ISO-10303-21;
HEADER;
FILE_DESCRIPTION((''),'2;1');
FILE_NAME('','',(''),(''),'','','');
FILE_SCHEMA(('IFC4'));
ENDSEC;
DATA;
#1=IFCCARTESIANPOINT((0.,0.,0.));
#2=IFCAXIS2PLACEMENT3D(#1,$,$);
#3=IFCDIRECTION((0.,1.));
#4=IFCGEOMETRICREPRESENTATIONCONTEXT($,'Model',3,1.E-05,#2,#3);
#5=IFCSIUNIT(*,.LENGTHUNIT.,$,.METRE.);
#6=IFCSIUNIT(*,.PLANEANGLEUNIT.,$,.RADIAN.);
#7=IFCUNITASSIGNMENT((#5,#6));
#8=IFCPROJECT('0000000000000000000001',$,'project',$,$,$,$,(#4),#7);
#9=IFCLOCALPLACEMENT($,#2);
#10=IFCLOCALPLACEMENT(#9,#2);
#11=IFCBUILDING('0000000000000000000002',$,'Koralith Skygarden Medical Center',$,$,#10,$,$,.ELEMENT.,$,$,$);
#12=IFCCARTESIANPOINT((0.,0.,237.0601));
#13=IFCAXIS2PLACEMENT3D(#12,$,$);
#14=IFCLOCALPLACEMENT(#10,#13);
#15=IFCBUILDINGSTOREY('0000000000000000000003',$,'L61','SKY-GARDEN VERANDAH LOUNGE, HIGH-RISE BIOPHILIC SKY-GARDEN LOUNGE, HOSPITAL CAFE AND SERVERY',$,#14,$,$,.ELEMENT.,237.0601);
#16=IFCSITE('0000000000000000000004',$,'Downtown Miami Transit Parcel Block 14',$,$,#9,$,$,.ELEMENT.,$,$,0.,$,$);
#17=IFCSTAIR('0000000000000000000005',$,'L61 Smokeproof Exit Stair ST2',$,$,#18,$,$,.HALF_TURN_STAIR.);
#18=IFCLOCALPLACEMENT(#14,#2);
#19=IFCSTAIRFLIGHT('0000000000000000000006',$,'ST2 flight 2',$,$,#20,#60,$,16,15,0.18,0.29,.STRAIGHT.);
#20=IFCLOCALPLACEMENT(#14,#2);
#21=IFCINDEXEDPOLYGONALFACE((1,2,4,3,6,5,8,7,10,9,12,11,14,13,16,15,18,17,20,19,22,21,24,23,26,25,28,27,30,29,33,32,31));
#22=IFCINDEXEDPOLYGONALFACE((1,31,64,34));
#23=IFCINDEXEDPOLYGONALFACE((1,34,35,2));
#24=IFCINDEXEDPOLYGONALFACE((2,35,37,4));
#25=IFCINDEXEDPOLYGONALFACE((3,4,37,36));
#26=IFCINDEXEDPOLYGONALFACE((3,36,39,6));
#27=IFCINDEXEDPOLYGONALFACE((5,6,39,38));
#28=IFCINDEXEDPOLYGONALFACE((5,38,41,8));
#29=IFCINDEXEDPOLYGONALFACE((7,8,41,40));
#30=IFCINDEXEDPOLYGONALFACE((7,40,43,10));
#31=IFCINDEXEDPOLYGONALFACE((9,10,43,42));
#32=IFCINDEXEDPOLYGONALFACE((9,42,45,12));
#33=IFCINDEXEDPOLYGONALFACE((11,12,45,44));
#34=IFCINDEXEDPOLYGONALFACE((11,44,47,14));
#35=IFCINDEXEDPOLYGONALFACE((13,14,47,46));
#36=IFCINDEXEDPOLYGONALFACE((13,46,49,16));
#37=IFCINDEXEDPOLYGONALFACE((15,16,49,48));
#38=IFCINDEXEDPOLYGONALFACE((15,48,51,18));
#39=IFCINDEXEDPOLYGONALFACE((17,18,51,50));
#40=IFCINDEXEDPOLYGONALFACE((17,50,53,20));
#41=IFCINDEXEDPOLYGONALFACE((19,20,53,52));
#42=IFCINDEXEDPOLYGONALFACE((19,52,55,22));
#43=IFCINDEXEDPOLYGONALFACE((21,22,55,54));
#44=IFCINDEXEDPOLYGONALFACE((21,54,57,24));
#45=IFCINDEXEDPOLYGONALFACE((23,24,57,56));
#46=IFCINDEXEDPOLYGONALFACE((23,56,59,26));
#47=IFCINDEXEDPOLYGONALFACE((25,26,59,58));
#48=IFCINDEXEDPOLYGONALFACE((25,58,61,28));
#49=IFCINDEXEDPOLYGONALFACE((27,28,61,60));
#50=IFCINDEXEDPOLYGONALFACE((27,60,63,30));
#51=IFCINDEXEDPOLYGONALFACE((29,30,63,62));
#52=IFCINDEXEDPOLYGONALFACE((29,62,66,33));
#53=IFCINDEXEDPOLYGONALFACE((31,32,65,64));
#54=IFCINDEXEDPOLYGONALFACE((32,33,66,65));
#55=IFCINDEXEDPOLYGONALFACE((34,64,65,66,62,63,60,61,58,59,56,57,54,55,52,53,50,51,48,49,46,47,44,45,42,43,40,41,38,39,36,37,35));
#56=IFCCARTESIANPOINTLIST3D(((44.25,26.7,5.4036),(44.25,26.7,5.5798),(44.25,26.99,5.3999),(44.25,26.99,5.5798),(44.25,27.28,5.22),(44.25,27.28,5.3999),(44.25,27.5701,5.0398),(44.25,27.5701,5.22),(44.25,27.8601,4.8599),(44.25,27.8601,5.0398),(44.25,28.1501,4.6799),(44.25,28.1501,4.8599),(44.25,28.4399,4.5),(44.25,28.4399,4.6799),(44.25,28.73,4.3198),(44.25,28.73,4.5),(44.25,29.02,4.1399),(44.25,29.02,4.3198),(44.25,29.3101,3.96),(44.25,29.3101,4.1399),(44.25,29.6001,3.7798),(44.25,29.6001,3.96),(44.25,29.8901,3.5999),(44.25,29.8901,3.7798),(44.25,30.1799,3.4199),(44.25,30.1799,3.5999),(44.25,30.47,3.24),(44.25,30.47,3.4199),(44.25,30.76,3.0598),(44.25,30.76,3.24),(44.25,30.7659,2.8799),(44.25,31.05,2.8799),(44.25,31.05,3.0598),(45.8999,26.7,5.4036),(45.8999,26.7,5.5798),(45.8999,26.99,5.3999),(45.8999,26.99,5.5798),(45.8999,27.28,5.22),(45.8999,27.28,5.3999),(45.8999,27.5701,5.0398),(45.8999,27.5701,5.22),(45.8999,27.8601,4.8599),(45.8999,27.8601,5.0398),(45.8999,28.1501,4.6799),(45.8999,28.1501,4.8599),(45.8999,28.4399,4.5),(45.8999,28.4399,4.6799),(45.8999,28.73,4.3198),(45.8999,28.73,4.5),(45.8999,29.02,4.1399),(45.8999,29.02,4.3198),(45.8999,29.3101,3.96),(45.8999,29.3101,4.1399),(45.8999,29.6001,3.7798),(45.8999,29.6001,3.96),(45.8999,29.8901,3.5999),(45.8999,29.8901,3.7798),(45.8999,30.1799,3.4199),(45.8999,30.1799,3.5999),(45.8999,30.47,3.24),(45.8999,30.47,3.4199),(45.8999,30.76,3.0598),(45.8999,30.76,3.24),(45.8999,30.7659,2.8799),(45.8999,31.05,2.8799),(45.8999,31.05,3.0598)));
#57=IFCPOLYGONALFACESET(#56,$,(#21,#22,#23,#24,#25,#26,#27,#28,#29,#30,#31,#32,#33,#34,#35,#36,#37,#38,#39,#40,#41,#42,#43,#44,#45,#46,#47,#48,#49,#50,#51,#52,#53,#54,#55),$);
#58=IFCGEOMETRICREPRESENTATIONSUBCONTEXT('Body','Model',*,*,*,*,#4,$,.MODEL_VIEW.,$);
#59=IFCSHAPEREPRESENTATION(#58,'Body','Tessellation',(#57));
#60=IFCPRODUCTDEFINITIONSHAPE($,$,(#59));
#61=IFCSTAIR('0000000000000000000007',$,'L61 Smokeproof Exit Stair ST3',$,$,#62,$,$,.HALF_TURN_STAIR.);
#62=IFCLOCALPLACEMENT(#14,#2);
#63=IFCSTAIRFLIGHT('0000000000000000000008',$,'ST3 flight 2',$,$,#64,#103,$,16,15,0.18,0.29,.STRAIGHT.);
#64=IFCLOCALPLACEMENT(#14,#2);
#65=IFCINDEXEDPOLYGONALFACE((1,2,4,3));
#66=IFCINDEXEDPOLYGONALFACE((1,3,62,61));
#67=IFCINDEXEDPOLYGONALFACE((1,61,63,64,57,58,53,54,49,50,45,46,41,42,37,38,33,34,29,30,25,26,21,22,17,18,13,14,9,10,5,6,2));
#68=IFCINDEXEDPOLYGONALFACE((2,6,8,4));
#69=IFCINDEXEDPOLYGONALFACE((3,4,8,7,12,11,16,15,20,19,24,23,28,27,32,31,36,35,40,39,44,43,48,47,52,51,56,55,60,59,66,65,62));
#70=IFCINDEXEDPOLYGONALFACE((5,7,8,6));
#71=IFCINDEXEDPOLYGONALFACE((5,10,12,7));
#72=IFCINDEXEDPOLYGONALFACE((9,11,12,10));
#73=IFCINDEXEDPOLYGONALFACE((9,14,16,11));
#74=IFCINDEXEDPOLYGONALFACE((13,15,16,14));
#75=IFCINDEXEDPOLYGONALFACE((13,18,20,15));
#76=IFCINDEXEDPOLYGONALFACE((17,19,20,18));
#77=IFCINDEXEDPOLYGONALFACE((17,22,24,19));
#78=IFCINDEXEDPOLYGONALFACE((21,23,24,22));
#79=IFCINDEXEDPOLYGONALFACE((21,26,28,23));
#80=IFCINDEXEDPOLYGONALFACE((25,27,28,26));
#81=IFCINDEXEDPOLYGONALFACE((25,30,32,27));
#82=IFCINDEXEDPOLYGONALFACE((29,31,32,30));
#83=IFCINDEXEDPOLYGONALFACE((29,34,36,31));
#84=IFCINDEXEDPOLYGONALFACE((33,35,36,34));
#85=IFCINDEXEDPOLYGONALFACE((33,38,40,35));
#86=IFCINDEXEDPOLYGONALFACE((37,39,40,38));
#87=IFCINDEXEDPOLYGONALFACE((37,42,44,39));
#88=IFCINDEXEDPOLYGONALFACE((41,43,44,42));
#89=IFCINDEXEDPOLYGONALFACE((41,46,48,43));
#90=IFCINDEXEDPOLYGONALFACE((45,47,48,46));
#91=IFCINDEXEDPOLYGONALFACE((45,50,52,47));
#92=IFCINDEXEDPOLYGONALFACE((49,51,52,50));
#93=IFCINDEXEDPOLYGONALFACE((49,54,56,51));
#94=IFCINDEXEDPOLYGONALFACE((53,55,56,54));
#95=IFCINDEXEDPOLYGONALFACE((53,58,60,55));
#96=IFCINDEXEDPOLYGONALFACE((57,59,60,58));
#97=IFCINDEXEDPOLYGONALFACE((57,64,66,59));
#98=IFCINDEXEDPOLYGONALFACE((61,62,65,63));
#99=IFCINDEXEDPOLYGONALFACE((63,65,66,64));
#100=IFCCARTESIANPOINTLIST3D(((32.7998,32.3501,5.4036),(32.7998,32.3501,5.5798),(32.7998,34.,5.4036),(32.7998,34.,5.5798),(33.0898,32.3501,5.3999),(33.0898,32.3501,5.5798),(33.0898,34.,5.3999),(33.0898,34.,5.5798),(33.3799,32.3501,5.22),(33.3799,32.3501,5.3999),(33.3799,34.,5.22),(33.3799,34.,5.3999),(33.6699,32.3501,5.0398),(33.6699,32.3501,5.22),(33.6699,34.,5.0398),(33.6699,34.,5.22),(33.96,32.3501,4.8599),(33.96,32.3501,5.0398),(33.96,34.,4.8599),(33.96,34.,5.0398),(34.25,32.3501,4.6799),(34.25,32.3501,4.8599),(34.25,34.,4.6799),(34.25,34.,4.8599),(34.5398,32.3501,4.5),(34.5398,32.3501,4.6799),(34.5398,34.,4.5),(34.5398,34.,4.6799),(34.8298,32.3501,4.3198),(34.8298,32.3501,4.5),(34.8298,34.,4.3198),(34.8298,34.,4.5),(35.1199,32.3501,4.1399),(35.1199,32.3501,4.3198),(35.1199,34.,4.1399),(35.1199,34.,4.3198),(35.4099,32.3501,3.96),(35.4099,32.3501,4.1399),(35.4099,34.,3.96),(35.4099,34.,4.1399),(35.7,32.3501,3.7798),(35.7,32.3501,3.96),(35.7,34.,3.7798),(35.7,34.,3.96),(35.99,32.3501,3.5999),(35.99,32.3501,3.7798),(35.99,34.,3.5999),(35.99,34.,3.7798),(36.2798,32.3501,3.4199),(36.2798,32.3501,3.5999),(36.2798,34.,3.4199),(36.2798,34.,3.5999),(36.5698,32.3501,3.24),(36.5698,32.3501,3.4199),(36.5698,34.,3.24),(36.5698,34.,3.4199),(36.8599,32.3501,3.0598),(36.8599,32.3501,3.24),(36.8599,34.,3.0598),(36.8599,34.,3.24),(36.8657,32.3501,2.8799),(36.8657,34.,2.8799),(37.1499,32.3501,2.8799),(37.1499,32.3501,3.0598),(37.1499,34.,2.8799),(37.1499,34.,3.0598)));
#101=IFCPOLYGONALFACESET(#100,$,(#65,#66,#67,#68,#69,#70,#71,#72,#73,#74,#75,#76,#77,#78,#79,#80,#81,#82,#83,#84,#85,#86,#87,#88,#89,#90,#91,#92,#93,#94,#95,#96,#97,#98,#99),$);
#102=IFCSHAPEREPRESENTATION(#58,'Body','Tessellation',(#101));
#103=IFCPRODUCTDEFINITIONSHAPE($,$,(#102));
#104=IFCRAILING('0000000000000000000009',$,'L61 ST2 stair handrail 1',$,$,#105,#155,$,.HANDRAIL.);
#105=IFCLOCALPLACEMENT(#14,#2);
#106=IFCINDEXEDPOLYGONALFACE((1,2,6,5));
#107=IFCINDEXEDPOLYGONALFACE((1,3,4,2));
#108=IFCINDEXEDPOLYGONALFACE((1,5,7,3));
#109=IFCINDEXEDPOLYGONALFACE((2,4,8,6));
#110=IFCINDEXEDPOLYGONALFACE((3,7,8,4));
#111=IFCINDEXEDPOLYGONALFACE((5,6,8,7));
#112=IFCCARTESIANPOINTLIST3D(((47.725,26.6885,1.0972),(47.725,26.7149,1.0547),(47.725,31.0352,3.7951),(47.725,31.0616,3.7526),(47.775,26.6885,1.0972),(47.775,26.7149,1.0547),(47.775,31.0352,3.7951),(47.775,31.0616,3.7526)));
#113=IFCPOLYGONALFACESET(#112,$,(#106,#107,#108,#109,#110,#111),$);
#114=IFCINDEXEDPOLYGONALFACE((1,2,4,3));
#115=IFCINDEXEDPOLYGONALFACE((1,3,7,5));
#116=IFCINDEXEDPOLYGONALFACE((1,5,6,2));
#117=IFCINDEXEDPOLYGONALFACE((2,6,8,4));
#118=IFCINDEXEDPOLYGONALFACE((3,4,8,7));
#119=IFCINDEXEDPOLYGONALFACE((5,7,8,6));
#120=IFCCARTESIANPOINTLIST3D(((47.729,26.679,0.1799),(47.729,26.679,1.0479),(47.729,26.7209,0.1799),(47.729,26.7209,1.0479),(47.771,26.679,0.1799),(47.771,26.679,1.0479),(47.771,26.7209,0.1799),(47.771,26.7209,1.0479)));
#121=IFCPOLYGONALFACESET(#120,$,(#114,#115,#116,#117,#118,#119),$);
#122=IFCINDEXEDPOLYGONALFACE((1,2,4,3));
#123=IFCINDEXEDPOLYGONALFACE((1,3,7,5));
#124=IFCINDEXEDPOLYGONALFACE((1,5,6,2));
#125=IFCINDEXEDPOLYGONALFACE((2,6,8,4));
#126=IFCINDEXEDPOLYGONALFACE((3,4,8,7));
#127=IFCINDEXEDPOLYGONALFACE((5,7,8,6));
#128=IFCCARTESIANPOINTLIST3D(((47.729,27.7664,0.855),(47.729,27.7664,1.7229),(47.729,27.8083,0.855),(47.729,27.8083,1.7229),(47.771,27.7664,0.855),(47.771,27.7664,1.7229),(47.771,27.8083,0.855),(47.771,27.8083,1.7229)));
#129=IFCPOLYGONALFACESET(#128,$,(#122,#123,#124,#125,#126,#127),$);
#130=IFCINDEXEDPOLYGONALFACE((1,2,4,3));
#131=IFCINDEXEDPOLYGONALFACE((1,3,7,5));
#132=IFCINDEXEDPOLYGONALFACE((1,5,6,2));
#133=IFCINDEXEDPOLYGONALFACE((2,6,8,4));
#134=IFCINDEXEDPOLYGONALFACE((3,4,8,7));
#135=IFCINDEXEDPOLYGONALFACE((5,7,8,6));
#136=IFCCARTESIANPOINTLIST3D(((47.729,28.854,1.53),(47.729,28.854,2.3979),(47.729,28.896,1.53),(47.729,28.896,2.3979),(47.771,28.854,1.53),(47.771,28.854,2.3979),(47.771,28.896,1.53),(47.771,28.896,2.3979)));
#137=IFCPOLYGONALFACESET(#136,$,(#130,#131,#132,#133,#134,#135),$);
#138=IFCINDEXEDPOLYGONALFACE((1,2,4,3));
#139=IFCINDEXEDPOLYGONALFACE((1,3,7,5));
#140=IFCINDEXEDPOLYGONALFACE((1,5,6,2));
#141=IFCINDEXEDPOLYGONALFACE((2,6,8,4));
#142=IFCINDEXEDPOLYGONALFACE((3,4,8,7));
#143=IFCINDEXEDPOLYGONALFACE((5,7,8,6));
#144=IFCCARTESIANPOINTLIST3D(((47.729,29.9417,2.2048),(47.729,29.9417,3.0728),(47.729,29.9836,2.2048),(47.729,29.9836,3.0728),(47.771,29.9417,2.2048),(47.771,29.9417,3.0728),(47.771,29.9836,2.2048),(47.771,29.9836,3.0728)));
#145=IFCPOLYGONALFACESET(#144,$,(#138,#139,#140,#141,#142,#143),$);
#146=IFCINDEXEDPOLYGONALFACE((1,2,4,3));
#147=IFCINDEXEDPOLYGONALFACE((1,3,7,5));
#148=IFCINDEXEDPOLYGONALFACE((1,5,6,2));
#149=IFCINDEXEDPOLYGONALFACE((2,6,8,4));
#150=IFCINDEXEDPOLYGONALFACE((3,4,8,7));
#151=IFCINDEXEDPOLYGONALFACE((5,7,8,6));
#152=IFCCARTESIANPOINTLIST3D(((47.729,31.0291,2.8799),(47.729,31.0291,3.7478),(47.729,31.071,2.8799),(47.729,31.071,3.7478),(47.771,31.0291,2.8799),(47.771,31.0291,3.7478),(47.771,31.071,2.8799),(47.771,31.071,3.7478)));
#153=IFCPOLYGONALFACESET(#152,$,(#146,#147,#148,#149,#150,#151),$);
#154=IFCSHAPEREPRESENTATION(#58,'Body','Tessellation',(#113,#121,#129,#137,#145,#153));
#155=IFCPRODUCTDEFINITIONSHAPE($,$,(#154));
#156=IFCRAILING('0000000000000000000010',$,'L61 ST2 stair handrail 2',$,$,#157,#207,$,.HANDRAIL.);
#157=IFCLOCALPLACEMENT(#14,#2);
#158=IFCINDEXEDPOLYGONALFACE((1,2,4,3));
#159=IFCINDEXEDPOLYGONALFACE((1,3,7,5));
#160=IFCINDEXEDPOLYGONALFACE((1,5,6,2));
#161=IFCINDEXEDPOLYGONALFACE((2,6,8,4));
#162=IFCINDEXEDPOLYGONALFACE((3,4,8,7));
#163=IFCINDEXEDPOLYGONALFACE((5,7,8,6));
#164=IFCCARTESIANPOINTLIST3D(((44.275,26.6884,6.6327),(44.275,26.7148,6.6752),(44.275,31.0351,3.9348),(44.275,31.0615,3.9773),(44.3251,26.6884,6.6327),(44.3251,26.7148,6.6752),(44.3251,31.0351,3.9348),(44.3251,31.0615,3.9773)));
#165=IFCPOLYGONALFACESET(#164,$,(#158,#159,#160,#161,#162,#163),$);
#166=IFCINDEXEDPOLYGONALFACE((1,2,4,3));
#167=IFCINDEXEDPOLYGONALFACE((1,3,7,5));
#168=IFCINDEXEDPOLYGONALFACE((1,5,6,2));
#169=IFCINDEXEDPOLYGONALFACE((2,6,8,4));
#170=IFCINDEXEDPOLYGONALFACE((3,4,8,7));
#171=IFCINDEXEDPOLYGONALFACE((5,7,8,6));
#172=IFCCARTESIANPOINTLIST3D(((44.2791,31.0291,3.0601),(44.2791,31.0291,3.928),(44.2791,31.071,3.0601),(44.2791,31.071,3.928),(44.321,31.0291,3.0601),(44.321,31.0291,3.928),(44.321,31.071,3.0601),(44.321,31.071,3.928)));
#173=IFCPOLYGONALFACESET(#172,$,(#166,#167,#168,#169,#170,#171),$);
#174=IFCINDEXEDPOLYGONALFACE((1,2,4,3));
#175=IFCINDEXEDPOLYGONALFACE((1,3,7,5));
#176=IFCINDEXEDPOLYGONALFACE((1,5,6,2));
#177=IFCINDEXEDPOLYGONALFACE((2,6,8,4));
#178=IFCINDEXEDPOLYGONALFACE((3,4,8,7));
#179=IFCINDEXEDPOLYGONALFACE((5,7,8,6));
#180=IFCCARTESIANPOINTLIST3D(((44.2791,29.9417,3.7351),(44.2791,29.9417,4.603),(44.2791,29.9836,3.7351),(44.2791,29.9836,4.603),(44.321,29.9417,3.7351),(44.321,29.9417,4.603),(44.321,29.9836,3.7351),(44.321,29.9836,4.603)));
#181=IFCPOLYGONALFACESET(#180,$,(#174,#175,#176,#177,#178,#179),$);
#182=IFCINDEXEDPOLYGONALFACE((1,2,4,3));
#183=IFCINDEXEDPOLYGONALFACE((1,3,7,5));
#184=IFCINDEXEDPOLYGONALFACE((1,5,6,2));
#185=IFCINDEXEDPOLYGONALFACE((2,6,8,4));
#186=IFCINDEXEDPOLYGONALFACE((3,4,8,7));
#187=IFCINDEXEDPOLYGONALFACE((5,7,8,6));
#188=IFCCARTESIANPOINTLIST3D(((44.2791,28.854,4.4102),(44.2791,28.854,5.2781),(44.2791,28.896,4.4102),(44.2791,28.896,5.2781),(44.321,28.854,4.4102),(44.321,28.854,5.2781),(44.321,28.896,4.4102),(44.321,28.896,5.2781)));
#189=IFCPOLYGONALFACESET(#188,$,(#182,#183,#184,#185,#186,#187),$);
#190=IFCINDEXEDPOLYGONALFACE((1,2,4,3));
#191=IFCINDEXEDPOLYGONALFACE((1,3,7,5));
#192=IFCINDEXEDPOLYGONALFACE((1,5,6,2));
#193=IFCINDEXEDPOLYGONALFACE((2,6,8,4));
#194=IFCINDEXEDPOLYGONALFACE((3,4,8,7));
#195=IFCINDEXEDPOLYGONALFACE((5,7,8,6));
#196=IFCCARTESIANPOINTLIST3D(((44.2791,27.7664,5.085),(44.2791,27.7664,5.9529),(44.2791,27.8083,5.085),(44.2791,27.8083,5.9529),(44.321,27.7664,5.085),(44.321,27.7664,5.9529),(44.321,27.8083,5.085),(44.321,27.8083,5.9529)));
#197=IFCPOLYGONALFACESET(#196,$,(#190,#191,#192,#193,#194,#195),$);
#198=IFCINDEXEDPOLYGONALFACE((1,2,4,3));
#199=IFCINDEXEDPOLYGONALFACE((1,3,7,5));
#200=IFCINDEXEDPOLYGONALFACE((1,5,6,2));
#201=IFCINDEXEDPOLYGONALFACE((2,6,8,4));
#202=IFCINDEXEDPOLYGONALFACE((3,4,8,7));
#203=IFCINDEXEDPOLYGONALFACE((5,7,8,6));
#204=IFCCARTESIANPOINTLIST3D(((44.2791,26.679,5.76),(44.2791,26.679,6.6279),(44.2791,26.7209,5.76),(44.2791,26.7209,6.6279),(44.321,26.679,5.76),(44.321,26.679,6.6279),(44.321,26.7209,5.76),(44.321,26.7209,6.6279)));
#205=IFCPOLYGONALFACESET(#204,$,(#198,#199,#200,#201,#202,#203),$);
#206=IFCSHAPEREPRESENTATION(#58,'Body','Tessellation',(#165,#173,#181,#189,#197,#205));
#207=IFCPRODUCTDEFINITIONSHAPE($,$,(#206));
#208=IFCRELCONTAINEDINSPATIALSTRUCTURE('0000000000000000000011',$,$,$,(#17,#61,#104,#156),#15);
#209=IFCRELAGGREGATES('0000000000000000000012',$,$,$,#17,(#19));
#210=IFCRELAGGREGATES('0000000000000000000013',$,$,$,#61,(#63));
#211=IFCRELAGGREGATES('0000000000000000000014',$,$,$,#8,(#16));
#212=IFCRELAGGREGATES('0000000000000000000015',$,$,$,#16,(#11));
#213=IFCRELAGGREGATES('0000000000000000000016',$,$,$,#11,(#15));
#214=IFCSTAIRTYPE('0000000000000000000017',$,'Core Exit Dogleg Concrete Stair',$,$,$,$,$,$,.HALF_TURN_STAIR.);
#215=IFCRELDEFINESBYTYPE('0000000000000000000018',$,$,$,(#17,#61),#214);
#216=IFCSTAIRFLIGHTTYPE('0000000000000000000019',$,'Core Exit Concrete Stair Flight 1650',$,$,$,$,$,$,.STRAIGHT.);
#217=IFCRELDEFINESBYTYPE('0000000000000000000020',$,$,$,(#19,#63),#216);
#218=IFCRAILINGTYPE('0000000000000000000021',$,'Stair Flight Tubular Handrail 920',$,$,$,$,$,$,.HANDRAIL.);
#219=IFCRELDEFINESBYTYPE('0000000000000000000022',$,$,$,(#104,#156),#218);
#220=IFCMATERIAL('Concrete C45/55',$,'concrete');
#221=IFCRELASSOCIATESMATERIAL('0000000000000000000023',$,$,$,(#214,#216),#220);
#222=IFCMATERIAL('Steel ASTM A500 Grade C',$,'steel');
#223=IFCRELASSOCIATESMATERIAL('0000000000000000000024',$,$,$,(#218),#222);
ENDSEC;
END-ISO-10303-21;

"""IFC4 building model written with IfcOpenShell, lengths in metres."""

from ifc_helpers import new_model, si_unit, direction, frame, origin, origin_2d, place, context, subcontext, project, spatial, polyline, rectangle, outline, extrude, material, type_object, element, aggregate, save


model = new_model("IFC4")

# Units and contexts
model_context = context("Model", 3, precision=1e-05, world=origin(), true_north=direction((0.0, 1.0)))
body_context = subcontext(model_context, "Body", "Model", "MODEL_VIEW")
ifc_project = project(units=[si_unit("LENGTHUNIT", "METRE"), si_unit("PLANEANGLEUNIT", "RADIAN")], contexts=[model_context])

# Site, building, storey
site_placement = place(None, origin())
site = spatial("IfcSite", under=ifc_project, at=site_placement, Name="Downtown Miami Transit Parcel Block 14", CompositionType="ELEMENT", RefElevation=0.0)
building_placement = place(site_placement, origin())
building = spatial("IfcBuilding", under=site, at=building_placement, Name="Koralith Skygarden Medical Center", CompositionType="ELEMENT")
storey_placement = place(building_placement, frame((0.0, 0.0, 237.0601)))
storey = spatial("IfcBuildingStorey", under=building, at=storey_placement, Name="L61", Description="SKY-GARDEN VERANDAH LOUNGE, HIGH-RISE BIOPHILIC SKY-GARDEN LOUNGE, HOSPITAL CAFE AND SERVERY", CompositionType="ELEMENT", Elevation=237.0601)

# Shared definitions
ifc_material_1 = material(Name="Concrete C45/55", Category="concrete")

# Shared definitions
ifc_material_2 = material(Name="Steel ASTM A500 Grade C", Category="steel")

# Stair, stair flight
stair_type = type_object("IfcStairType", Name="Core Exit Dogleg Concrete Stair", PredefinedType="HALF_TURN_STAIR", material=ifc_material_1)
stair_1_placement = place(storey_placement, origin())
stair_1 = element("IfcStair", 1, at=stair_1_placement, inside=storey, type_object=stair_type, Name="L61 Smokeproof Exit Stair ST2", PredefinedType="HALF_TURN_STAIR")
stair_flight_type = type_object("IfcStairFlightType", Name="Core Exit Concrete Stair Flight 1650", PredefinedType="STRAIGHT", material=ifc_material_1)
stair_flight_1_placement = place(storey_placement, frame((45.075, 31.05, 2.8799), z_axis=(0.0, 0.0, 1.0), x_axis=(0.0, -1.0, 0.0)))
stair_flight_1 = element("IfcStairFlight", 2, at=stair_flight_1_placement, type_object=stair_flight_type, Name="ST2 flight 2", NumberOfRisers=16, NumberOfTreads=15, PredefinedType="STRAIGHT", RiserHeight=0.18, TreadLength=0.29, context=body_context, shape_type="SweptSolid", body=[
    extrude(outline(polyline([(0.0, 0.0), (0.0, 0.1799), (0.29, 0.1799), (0.29, 0.3601), (0.5801, 0.3601), (0.5801, 0.54), (0.8701, 0.54), (0.8701, 0.72), (1.1599, 0.72), (1.1599, 0.8999), (1.45, 0.8999), (1.45, 1.0801), (1.74, 1.0801), (1.74, 1.26), (2.03, 1.26), (2.03, 1.4399), (2.3201, 1.4399), (2.3201, 1.6201), (2.6101, 1.6201), (2.6101, 1.8), (2.8999, 1.8), (2.8999, 1.98), (3.1899, 1.98), (3.1899, 2.1599), (3.48, 2.1599), (3.48, 2.3401), (3.77, 2.3401), (3.77, 2.52), (4.0601, 2.52), (4.0601, 2.7), (4.3501, 2.7), (4.3501, 2.8799), (4.3501, 2.5237), (0.2842, 0.0), (0.0, 0.0)])), frame((0.0, 0.825, 0.0), z_axis=(0.0, -1.0, 0.0), x_axis=(1.0, 0.0, 0.0)), (0.0, 0.0, 1.0), 1.6499),
])
aggregate(stair_1, [stair_flight_1])

# Stair, stair flight
stair_2_placement = place(storey_placement, origin())
stair_2 = element("IfcStair", 3, at=stair_2_placement, inside=storey, type_object=stair_type, Name="L61 Smokeproof Exit Stair ST3", PredefinedType="HALF_TURN_STAIR")
stair_flight_2_placement = place(storey_placement, frame((37.1499, 33.175, 2.8799), z_axis=(0.0, 0.0, 1.0), x_axis=(-1.0, 0.0, 0.0)))
stair_flight_2 = element("IfcStairFlight", 4, at=stair_flight_2_placement, type_object=stair_flight_type, Name="ST3 flight 2", NumberOfRisers=16, NumberOfTreads=15, PredefinedType="STRAIGHT", RiserHeight=0.18, TreadLength=0.29, context=body_context, shape_type="SweptSolid", body=[
    extrude(outline(polyline([(0.0, 0.0), (0.0, 0.1799), (0.29, 0.1799), (0.29, 0.3601), (0.5801, 0.3601), (0.5801, 0.54), (0.8701, 0.54), (0.8701, 0.72), (1.1599, 0.72), (1.1599, 0.8999), (1.45, 0.8999), (1.45, 1.0801), (1.74, 1.0801), (1.74, 1.26), (2.03, 1.26), (2.03, 1.4399), (2.3201, 1.4399), (2.3201, 1.6201), (2.6101, 1.6201), (2.6101, 1.8), (2.8999, 1.8), (2.8999, 1.98), (3.1899, 1.98), (3.1899, 2.1599), (3.48, 2.1599), (3.48, 2.3401), (3.77, 2.3401), (3.77, 2.52), (4.0601, 2.52), (4.0601, 2.7), (4.3501, 2.7), (4.3501, 2.8799), (4.3501, 2.5237), (0.2842, 0.0), (0.0, 0.0)])), frame((0.0, 0.825, 0.0), z_axis=(0.0, -1.0, 0.0), x_axis=(1.0, 0.0, 0.0)), (0.0, 0.0, 1.0), 1.6499),
])
aggregate(stair_2, [stair_flight_2])

# Railings
railing_type_1 = type_object("IfcRailingType", Name="Stair Flight Tubular Handrail 920", PredefinedType="HANDRAIL", material=ifc_material_2)
railing_1_placement = place(storey_placement, frame((47.75, 26.7, 0.1799)))
element("IfcRailing", 5, at=railing_1_placement, inside=storey, type_object=railing_type_1, Name="L61 ST2 stair handrail 1", PredefinedType="HANDRAIL", context=body_context, shape_type="SweptSolid", body=[
    extrude(rectangle(XDim=0.05, YDim=0.05, at=origin_2d()), frame((0.0, 0.0017, 0.896), z_axis=(0.0, 0.84965, 0.527347), x_axis=(-1.0, 0.0, 0.0)), (0.0, 0.0, 1.0), 5.116),
    extrude(rectangle(XDim=0.042, YDim=0.042, at=origin_2d()), origin(), (0.0, 0.0, 1.0), 0.8679),
    extrude(rectangle(XDim=0.042, YDim=0.042, at=origin_2d()), frame((0.0, 1.0874, 0.675)), (0.0, 0.0, 1.0), 0.8679),
    extrude(rectangle(XDim=0.042, YDim=0.042, at=origin_2d()), frame((0.0, 2.175, 1.3501)), (0.0, 0.0, 1.0), 0.8679),
    extrude(rectangle(XDim=0.042, YDim=0.042, at=origin_2d()), frame((0.0, 3.2627, 2.0249)), (0.0, 0.0, 1.0), 0.8679),
    extrude(rectangle(XDim=0.042, YDim=0.042, at=origin_2d()), frame((0.0, 4.3501, 2.7)), (0.0, 0.0, 1.0), 0.8679),
])
railing_2_placement = place(storey_placement, frame((44.3, 31.05, 3.0601)))
element("IfcRailing", 6, at=railing_2_placement, inside=storey, type_object=railing_type_1, Name="L61 ST2 stair handrail 2", PredefinedType="HANDRAIL", context=body_context, shape_type="SweptSolid", body=[
    extrude(rectangle(XDim=0.05, YDim=0.05, at=origin_2d()), frame((0.0, -0.0017, 0.896), z_axis=(0.0, -0.84965, 0.527347), x_axis=(1.0, 0.0, 0.0)), (0.0, 0.0, 1.0), 5.116),
    extrude(rectangle(XDim=0.042, YDim=0.042, at=origin_2d()), origin(), (0.0, 0.0, 1.0), 0.8679),
    extrude(rectangle(XDim=0.042, YDim=0.042, at=origin_2d()), frame((0.0, -1.0874, 0.675)), (0.0, 0.0, 1.0), 0.8679),
    extrude(rectangle(XDim=0.042, YDim=0.042, at=origin_2d()), frame((0.0, -2.175, 1.3501)), (0.0, 0.0, 1.0), 0.8679),
    extrude(rectangle(XDim=0.042, YDim=0.042, at=origin_2d()), frame((0.0, -3.2627, 2.0249)), (0.0, 0.0, 1.0), 0.8679),
    extrude(rectangle(XDim=0.042, YDim=0.042, at=origin_2d()), frame((0.0, -4.3501, 2.7)), (0.0, 0.0, 1.0), 0.8679),
])

save(model, "model.ifc")
